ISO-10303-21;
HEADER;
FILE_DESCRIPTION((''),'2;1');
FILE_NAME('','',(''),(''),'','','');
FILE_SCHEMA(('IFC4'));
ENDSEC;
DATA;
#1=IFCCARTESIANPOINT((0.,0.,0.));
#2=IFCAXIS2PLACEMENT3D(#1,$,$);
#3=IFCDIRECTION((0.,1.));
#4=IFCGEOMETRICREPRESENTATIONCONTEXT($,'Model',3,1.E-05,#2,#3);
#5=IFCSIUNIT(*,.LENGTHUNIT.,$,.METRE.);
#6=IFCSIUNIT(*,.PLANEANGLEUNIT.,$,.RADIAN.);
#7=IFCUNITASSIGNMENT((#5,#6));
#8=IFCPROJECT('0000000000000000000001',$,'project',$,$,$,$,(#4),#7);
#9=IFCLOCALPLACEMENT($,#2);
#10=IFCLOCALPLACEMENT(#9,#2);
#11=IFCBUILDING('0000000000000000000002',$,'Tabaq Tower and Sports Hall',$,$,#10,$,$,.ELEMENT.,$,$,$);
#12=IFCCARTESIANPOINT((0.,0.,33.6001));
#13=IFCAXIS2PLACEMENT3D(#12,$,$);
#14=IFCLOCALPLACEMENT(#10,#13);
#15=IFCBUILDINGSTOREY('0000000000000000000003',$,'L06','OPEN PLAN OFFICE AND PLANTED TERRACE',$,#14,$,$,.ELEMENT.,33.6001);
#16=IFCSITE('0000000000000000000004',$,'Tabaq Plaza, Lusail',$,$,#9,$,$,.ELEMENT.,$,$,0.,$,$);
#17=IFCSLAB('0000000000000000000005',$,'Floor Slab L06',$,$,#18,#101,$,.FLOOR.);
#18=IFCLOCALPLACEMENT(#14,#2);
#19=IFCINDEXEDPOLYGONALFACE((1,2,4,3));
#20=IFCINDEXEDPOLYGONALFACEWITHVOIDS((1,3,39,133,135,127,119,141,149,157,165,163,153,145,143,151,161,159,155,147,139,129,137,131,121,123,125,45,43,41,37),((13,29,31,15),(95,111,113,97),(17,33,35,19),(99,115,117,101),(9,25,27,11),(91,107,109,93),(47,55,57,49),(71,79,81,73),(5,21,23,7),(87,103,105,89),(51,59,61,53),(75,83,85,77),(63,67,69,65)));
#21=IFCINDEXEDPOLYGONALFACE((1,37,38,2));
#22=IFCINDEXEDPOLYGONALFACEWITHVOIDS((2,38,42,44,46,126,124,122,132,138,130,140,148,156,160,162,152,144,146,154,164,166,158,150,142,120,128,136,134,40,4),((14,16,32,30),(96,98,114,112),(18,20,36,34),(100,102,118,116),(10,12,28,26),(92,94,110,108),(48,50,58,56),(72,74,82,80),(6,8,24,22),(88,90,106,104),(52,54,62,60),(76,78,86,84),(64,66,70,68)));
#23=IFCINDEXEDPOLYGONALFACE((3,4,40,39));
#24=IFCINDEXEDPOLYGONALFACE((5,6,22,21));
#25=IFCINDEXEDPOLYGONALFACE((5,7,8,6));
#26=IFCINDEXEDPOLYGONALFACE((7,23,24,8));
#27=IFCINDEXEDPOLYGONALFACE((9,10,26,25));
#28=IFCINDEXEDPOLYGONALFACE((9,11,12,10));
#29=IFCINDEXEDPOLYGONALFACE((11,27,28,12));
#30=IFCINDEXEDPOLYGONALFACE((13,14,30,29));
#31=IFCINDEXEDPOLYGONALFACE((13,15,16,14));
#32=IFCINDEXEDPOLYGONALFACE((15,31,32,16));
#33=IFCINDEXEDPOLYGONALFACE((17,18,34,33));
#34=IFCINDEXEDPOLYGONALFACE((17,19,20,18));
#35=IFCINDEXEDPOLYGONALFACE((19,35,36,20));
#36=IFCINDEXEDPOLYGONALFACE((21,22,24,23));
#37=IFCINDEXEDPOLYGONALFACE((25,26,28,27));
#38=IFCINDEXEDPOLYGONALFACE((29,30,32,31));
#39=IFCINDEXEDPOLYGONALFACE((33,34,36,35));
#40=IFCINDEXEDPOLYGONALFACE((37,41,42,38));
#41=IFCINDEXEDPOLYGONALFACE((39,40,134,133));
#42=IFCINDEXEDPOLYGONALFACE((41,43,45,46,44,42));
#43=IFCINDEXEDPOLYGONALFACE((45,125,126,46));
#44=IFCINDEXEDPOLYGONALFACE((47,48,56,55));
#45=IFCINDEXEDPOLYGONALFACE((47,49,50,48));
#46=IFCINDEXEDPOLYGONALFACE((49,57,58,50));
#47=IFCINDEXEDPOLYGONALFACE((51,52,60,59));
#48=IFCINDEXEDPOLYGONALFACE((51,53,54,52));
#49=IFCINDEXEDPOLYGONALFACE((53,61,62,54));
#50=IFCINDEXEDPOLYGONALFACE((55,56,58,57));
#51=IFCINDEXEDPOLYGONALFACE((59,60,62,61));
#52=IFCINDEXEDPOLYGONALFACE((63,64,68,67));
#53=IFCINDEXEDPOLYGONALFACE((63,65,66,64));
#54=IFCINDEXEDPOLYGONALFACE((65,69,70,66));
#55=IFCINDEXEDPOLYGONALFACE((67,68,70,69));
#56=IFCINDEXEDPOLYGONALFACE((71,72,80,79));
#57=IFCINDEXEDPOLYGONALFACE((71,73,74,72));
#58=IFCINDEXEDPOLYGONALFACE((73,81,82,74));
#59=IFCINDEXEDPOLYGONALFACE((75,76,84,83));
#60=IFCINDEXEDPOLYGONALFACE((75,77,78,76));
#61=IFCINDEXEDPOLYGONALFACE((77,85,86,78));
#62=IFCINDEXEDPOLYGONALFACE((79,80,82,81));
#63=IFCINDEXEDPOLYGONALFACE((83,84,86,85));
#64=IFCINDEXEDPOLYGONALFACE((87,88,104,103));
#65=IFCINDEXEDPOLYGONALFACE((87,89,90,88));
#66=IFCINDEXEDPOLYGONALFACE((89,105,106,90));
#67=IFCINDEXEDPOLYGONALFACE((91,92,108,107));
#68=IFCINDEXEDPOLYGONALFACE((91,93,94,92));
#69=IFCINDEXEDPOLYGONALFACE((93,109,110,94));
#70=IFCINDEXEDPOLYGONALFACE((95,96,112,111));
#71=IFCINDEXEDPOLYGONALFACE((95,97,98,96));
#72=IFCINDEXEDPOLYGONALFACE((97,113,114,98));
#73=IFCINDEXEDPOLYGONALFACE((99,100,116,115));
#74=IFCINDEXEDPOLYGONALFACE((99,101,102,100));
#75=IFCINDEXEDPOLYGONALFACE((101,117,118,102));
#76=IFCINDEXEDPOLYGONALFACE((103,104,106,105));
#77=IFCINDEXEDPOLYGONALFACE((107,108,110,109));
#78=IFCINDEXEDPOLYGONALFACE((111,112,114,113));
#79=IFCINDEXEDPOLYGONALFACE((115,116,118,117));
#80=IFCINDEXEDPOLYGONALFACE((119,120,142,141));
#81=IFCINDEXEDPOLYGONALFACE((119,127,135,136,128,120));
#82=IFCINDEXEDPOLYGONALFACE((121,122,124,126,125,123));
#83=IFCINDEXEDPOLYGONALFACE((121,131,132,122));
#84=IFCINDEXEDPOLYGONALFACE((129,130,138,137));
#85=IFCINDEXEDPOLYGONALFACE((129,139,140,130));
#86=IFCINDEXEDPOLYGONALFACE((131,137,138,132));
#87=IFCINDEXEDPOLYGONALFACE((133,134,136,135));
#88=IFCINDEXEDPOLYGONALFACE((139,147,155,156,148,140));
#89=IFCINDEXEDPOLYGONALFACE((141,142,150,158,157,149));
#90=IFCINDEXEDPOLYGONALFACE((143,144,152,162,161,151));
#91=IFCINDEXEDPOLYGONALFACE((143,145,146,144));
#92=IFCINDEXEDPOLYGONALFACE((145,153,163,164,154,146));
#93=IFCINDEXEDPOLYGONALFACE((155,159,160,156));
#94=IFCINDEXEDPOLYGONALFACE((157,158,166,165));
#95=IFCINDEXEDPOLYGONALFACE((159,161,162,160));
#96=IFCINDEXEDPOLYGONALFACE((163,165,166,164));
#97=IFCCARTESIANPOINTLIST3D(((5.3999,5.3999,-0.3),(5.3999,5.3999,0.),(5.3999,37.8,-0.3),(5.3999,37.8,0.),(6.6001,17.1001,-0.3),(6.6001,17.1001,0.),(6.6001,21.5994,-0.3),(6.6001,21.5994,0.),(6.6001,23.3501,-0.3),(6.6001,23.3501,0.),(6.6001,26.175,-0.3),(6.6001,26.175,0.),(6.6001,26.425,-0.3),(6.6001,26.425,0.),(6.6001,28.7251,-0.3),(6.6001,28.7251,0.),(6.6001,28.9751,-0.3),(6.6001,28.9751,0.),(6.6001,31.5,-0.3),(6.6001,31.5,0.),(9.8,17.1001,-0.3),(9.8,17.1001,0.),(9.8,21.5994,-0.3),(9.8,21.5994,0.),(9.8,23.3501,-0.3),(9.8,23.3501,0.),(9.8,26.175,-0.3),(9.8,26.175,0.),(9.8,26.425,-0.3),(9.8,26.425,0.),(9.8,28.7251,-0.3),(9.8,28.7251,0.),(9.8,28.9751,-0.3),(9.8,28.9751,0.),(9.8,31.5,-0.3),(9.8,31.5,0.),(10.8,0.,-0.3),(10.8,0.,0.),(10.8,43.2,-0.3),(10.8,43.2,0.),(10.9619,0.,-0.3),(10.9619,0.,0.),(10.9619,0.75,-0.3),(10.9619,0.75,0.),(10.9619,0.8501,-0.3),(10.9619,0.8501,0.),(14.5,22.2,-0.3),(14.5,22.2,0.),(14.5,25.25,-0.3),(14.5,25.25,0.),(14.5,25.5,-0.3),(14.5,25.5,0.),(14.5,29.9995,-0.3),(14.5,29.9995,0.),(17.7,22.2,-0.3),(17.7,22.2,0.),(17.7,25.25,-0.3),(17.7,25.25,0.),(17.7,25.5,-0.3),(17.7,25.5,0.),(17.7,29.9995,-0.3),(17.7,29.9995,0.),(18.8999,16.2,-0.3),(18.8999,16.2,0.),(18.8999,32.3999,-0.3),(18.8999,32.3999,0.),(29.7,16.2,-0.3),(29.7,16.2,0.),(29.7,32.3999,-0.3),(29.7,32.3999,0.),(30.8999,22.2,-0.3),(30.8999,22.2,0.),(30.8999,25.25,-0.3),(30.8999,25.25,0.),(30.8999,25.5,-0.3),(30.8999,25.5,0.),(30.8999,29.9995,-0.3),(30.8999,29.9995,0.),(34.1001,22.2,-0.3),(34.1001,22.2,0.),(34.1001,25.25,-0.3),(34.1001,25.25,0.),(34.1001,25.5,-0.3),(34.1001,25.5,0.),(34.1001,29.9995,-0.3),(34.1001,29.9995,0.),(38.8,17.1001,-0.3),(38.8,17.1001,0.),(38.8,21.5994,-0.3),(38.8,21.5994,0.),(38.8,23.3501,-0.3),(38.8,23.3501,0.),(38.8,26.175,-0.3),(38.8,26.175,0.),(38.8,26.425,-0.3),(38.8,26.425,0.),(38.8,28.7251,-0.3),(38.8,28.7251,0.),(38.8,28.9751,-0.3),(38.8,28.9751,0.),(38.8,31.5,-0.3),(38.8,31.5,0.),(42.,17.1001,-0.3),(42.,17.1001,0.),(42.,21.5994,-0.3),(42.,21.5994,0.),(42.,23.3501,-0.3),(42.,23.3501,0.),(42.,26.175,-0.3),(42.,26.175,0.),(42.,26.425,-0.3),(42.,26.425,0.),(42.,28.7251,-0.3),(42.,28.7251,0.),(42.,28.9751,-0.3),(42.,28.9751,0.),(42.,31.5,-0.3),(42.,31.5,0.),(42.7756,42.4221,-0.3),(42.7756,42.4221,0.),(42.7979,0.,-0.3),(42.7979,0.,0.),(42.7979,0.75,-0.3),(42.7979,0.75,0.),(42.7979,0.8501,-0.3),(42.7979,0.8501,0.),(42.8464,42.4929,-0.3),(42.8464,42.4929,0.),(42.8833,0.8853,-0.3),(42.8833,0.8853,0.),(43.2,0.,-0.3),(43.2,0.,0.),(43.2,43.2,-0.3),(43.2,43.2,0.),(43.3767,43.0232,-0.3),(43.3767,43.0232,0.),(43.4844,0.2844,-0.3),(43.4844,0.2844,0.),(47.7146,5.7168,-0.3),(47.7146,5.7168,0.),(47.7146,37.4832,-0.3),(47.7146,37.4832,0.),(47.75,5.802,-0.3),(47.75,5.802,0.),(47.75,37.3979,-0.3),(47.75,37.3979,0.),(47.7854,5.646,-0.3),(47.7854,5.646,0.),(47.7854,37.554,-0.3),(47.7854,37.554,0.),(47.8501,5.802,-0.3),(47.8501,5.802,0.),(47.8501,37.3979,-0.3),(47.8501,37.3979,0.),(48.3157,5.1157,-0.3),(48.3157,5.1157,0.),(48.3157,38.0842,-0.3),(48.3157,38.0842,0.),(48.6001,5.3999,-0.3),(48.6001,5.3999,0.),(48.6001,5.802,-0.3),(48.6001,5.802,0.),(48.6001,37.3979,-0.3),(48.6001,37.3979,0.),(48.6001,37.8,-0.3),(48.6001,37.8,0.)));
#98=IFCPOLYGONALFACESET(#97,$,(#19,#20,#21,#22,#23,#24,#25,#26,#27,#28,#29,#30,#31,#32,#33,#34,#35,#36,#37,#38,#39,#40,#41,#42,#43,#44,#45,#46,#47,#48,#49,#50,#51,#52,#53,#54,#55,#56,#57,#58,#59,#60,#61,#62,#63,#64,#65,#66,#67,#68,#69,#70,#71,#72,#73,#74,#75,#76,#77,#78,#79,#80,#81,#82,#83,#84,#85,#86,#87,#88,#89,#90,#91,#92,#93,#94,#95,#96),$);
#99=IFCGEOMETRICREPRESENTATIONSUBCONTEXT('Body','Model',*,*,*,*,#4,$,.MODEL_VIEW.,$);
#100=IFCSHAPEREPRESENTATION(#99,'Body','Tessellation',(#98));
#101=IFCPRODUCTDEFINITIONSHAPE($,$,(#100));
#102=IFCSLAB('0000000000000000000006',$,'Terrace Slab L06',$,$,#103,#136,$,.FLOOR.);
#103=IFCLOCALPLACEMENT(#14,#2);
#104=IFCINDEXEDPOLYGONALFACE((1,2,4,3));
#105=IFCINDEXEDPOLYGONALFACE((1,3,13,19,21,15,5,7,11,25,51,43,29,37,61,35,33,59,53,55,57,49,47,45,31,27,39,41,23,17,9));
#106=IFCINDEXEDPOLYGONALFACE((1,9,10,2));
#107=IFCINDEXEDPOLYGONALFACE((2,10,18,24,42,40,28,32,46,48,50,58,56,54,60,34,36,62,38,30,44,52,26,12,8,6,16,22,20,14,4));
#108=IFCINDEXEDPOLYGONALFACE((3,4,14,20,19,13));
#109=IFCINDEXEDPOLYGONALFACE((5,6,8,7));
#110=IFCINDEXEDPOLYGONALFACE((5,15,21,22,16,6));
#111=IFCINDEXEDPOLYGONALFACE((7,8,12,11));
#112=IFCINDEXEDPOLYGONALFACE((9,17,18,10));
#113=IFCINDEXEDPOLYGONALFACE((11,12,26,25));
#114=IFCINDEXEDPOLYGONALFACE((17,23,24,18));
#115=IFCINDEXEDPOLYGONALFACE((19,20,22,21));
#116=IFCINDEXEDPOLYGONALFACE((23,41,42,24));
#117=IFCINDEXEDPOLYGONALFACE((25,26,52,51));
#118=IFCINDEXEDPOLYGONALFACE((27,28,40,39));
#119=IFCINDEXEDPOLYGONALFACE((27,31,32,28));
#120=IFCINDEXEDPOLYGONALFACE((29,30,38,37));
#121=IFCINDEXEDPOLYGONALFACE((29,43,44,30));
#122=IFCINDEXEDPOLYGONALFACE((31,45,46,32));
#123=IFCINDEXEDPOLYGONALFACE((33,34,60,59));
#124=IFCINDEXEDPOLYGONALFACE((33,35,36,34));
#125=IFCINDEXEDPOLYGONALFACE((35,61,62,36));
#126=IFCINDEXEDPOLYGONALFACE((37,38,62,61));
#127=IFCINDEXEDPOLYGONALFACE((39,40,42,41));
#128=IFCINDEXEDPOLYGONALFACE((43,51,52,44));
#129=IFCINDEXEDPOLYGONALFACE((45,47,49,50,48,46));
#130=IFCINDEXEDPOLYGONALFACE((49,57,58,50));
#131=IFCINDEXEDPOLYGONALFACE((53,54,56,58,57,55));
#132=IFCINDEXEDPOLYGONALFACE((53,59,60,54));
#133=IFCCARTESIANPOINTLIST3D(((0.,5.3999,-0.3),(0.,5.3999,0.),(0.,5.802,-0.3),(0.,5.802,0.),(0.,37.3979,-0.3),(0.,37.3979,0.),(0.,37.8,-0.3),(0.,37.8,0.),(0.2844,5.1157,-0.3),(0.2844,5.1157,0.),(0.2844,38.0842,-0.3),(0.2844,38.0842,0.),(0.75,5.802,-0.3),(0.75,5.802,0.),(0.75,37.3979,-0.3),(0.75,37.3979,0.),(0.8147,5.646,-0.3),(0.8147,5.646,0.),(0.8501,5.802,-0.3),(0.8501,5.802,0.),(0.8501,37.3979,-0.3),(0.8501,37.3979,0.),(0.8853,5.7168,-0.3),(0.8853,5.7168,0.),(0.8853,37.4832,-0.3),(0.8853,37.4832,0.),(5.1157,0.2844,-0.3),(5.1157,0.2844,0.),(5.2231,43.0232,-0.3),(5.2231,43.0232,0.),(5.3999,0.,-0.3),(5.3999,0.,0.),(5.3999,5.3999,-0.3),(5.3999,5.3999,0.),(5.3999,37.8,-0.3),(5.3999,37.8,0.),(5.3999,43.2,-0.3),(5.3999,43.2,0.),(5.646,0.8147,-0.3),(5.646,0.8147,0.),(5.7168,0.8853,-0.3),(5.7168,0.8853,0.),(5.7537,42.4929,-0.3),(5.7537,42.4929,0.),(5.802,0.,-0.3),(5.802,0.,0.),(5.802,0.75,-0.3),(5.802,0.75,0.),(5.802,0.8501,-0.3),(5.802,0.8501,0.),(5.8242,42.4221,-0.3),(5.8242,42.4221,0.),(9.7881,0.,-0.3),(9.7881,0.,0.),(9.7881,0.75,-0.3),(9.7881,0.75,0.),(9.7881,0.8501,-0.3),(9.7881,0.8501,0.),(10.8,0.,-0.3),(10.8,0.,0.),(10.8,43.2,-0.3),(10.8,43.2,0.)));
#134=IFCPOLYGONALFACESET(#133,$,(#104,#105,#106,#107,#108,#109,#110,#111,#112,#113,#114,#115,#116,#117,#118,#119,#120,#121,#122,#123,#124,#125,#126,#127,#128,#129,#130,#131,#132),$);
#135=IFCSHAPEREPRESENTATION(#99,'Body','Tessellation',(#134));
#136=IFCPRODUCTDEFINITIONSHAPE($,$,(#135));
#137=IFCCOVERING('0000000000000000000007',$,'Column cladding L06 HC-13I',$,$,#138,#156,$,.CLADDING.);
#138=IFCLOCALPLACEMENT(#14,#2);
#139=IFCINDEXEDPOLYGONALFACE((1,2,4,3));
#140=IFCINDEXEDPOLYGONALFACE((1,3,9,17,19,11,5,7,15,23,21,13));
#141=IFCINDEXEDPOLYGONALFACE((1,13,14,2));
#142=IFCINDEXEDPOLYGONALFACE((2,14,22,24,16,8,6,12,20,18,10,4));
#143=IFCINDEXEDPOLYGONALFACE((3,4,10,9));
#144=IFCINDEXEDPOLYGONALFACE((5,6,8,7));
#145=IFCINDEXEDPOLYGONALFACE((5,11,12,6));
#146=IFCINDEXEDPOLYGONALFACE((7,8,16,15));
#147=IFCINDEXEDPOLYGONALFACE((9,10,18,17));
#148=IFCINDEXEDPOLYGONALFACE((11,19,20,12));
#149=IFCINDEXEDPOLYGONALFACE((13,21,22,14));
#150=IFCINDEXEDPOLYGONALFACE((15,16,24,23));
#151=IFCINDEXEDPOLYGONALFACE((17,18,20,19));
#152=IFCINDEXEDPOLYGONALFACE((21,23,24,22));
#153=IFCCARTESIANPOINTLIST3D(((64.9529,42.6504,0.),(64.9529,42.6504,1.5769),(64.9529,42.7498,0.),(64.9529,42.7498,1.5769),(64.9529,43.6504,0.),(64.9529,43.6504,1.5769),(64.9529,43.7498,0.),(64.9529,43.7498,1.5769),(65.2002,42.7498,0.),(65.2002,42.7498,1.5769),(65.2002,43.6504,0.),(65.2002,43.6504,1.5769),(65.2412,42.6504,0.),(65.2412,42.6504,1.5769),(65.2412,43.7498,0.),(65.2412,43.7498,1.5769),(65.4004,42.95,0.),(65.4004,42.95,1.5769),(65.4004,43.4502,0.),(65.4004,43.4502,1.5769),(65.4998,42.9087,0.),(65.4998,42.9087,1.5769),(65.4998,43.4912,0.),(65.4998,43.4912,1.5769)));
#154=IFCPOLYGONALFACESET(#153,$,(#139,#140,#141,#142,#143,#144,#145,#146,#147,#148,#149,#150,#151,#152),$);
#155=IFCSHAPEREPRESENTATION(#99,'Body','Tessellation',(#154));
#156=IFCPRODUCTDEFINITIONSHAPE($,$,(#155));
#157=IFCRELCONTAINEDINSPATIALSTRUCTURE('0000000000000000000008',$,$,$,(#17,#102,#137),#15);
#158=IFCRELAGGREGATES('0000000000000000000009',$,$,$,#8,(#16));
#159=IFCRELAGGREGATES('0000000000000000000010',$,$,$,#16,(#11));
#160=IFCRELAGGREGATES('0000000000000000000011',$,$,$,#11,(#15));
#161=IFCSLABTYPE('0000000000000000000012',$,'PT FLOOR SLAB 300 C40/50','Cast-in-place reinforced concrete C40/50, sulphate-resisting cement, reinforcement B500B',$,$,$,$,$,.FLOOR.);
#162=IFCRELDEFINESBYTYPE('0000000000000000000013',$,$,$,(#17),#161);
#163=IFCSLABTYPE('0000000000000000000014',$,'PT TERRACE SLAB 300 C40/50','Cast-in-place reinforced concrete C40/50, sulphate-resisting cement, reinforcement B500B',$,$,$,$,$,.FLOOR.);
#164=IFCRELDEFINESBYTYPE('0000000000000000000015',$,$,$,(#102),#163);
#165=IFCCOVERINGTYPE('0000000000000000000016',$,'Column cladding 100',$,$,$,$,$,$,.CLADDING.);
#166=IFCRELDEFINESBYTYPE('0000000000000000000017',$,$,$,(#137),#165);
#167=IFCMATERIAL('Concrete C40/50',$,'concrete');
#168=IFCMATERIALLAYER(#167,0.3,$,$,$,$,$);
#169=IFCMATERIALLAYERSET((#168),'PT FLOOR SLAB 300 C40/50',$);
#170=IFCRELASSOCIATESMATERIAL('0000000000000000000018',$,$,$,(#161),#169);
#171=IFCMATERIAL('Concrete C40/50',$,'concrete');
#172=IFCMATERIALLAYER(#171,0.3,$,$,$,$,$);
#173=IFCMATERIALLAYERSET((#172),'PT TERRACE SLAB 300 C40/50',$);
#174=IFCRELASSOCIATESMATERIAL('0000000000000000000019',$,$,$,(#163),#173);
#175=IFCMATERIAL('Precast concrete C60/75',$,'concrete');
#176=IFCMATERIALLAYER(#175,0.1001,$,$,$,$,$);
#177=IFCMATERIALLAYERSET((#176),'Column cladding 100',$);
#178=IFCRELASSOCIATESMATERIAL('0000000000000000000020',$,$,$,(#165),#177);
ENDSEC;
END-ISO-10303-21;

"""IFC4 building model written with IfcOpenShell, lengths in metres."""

from ifc_helpers import new_model, si_unit, direction, frame, origin, place, context, subcontext, project, spatial, polyline, outline, extrude, material, layer, layer_set, type_object, element, save


model = new_model("IFC4")

# Units and contexts
model_context = context("Model", 3, precision=1e-05, world=origin(), true_north=direction((0.0, 1.0)))
body_context = subcontext(model_context, "Body", "Model", "MODEL_VIEW")
ifc_project = project(units=[si_unit("LENGTHUNIT", "METRE"), si_unit("PLANEANGLEUNIT", "RADIAN")], contexts=[model_context])

# Site, building, storey
site_placement = place(None, origin())
site = spatial("IfcSite", under=ifc_project, at=site_placement, Name="Tabaq Plaza, Lusail", CompositionType="ELEMENT", RefElevation=0.0)
building_placement = place(site_placement, origin())
building = spatial("IfcBuilding", under=site, at=building_placement, Name="Tabaq Tower and Sports Hall", CompositionType="ELEMENT")
storey_placement = place(building_placement, frame((0.0, 0.0, 33.6001)))
storey = spatial("IfcBuildingStorey", under=building, at=storey_placement, Name="L06", Description="OPEN PLAN OFFICE AND PLANTED TERRACE", CompositionType="ELEMENT", Elevation=33.6001)

# Slabs
ifc_material_1 = material(Name="Concrete C40/50", Category="concrete")
ifc_layer_1 = layer(ifc_material_1, 0.3)
ifc_layer_set_1 = layer_set([ifc_layer_1], Name="PT FLOOR SLAB 300 C40/50")
slab_type_1 = type_object("IfcSlabType", Name="PT FLOOR SLAB 300 C40/50", Description="Cast-in-place reinforced concrete C40/50, sulphate-resisting cement, reinforcement B500B", PredefinedType="FLOOR", material=ifc_layer_set_1)
slab_1_placement = place(storey_placement, frame((0.0, 0.0, -0.3)))
element("IfcSlab", 1, at=slab_1_placement, inside=storey, type_object=slab_type_1, Name="Floor Slab L06", PredefinedType="FLOOR", context=body_context, shape_type="SweptSolid", body=[
    extrude(outline(polyline([(5.3999, 37.8), (5.3999, 5.3999), (10.8, 0.0), (10.9619, 0.0), (10.9619, 0.75), (10.9619, 0.8501), (42.7979, 0.8501), (42.7979, 0.75), (42.7979, 0.0), (43.2, 0.0), (43.4844, 0.2844), (42.8833, 0.8853), (47.7146, 5.7168), (47.7854, 5.646), (48.3157, 5.1157), (48.6001, 5.3999), (48.6001, 5.802), (47.8501, 5.802), (47.75, 5.802), (47.75, 37.3979), (47.8501, 37.3979), (48.6001, 37.3979), (48.6001, 37.8), (48.3157, 38.0842), (47.7854, 37.554), (47.7146, 37.4832), (42.7756, 42.4221), (42.8464, 42.4929), (43.3767, 43.0232), (43.2, 43.2), (10.8, 43.2), (5.3999, 37.8)]), holes=[polyline([(6.6001, 21.5994), (9.8, 21.5994), (9.8, 17.1001), (6.6001, 17.1001), (6.6001, 21.5994)]), polyline([(17.7, 25.25), (17.7, 22.2), (14.5, 22.2), (14.5, 25.25), (17.7, 25.25)]), polyline([(18.8999, 32.3999), (29.7, 32.3999), (29.7, 16.2), (18.8999, 16.2), (18.8999, 32.3999)]), polyline([(6.6001, 26.175), (9.8, 26.175), (9.8, 23.3501), (6.6001, 23.3501), (6.6001, 26.175)]), polyline([(9.8, 28.7251), (9.8, 26.425), (6.6001, 26.425), (6.6001, 28.7251), (9.8, 28.7251)]), polyline([(17.7, 29.9995), (17.7, 25.5), (14.5, 25.5), (14.5, 29.9995), (17.7, 29.9995)]), polyline([(6.6001, 31.5), (9.8, 31.5), (9.8, 28.9751), (6.6001, 28.9751), (6.6001, 31.5)]), polyline([(42.0, 21.5994), (42.0, 17.1001), (38.8, 17.1001), (38.8, 21.5994), (42.0, 21.5994)]), polyline([(34.1001, 25.25), (34.1001, 22.2), (30.8999, 22.2), (30.8999, 25.25), (34.1001, 25.25)]), polyline([(42.0, 26.175), (42.0, 23.3501), (38.8, 23.3501), (38.8, 26.175), (42.0, 26.175)]), polyline([(42.0, 28.7251), (42.0, 26.425), (38.8, 26.425), (38.8, 28.7251), (42.0, 28.7251)]), polyline([(34.1001, 29.9995), (34.1001, 25.5), (30.8999, 25.5), (30.8999, 29.9995), (34.1001, 29.9995)]), polyline([(42.0, 31.5), (42.0, 28.9751), (38.8, 28.9751), (38.8, 31.5), (42.0, 31.5)])]), origin(), (0.0, 0.0, 1.0), 0.3),
])
ifc_material_2 = material(Name="Concrete C40/50", Category="concrete")
ifc_layer_2 = layer(ifc_material_2, 0.3)
ifc_layer_set_2 = layer_set([ifc_layer_2], Name="PT TERRACE SLAB 300 C40/50")
slab_type_2 = type_object("IfcSlabType", Name="PT TERRACE SLAB 300 C40/50", Description="Cast-in-place reinforced concrete C40/50, sulphate-resisting cement, reinforcement B500B", PredefinedType="FLOOR", material=ifc_layer_set_2)
slab_2_placement = place(storey_placement, frame((0.0, 0.0, -0.3)))
element("IfcSlab", 2, at=slab_2_placement, inside=storey, type_object=slab_type_2, Name="Terrace Slab L06", PredefinedType="FLOOR", context=body_context, shape_type="SweptSolid", body=[
    extrude(outline(polyline([(0.0, 5.802), (0.0, 5.3999), (0.2844, 5.1157), (0.8147, 5.646), (0.8853, 5.7168), (5.7168, 0.8853), (5.646, 0.8147), (5.1157, 0.2844), (5.3999, 0.0), (5.802, 0.0), (5.802, 0.75), (5.802, 0.8501), (9.7881, 0.8501), (9.7881, 0.75), (9.7881, 0.0), (10.8, 0.0), (5.3999, 5.3999), (5.3999, 37.8), (10.8, 43.2), (5.3999, 43.2), (5.2231, 43.0232), (5.7537, 42.4929), (5.8242, 42.4221), (0.8853, 37.4832), (0.2844, 38.0842), (0.0, 37.8), (0.0, 37.3979), (0.75, 37.3979), (0.8501, 37.3979), (0.8501, 5.802), (0.75, 5.802), (0.0, 5.802)])), origin(), (0.0, 0.0, 1.0), 0.3),
])

# Covering
ifc_material_3 = material(Name="Precast concrete C60/75", Category="concrete")
ifc_layer_3 = layer(ifc_material_3, 0.1001)
ifc_layer_set_3 = layer_set([ifc_layer_3], Name="Column cladding 100")
covering_type = type_object("IfcCoveringType", Name="Column cladding 100", PredefinedType="CLADDING", material=ifc_layer_set_3)
covering_1_placement = place(storey_placement, origin())
element("IfcCovering", 3, at=covering_1_placement, inside=storey, type_object=covering_type, Name="Column cladding L06 HC-13I", PredefinedType="CLADDING", context=body_context, shape_type="SweptSolid", body=[
    extrude(outline(polyline([(65.2412, 43.7498), (65.4998, 43.4912), (65.4998, 42.9087), (65.2412, 42.6504), (64.9529, 42.6504), (64.9529, 42.7498), (65.2002, 42.7498), (65.4004, 42.95), (65.4004, 43.4502), (65.2002, 43.6504), (64.9529, 43.6504), (64.9529, 43.7498), (65.2412, 43.7498)])), origin(), (0.0, 0.0, 1.0), 1.5769),
])

save(model, "model.ifc")
